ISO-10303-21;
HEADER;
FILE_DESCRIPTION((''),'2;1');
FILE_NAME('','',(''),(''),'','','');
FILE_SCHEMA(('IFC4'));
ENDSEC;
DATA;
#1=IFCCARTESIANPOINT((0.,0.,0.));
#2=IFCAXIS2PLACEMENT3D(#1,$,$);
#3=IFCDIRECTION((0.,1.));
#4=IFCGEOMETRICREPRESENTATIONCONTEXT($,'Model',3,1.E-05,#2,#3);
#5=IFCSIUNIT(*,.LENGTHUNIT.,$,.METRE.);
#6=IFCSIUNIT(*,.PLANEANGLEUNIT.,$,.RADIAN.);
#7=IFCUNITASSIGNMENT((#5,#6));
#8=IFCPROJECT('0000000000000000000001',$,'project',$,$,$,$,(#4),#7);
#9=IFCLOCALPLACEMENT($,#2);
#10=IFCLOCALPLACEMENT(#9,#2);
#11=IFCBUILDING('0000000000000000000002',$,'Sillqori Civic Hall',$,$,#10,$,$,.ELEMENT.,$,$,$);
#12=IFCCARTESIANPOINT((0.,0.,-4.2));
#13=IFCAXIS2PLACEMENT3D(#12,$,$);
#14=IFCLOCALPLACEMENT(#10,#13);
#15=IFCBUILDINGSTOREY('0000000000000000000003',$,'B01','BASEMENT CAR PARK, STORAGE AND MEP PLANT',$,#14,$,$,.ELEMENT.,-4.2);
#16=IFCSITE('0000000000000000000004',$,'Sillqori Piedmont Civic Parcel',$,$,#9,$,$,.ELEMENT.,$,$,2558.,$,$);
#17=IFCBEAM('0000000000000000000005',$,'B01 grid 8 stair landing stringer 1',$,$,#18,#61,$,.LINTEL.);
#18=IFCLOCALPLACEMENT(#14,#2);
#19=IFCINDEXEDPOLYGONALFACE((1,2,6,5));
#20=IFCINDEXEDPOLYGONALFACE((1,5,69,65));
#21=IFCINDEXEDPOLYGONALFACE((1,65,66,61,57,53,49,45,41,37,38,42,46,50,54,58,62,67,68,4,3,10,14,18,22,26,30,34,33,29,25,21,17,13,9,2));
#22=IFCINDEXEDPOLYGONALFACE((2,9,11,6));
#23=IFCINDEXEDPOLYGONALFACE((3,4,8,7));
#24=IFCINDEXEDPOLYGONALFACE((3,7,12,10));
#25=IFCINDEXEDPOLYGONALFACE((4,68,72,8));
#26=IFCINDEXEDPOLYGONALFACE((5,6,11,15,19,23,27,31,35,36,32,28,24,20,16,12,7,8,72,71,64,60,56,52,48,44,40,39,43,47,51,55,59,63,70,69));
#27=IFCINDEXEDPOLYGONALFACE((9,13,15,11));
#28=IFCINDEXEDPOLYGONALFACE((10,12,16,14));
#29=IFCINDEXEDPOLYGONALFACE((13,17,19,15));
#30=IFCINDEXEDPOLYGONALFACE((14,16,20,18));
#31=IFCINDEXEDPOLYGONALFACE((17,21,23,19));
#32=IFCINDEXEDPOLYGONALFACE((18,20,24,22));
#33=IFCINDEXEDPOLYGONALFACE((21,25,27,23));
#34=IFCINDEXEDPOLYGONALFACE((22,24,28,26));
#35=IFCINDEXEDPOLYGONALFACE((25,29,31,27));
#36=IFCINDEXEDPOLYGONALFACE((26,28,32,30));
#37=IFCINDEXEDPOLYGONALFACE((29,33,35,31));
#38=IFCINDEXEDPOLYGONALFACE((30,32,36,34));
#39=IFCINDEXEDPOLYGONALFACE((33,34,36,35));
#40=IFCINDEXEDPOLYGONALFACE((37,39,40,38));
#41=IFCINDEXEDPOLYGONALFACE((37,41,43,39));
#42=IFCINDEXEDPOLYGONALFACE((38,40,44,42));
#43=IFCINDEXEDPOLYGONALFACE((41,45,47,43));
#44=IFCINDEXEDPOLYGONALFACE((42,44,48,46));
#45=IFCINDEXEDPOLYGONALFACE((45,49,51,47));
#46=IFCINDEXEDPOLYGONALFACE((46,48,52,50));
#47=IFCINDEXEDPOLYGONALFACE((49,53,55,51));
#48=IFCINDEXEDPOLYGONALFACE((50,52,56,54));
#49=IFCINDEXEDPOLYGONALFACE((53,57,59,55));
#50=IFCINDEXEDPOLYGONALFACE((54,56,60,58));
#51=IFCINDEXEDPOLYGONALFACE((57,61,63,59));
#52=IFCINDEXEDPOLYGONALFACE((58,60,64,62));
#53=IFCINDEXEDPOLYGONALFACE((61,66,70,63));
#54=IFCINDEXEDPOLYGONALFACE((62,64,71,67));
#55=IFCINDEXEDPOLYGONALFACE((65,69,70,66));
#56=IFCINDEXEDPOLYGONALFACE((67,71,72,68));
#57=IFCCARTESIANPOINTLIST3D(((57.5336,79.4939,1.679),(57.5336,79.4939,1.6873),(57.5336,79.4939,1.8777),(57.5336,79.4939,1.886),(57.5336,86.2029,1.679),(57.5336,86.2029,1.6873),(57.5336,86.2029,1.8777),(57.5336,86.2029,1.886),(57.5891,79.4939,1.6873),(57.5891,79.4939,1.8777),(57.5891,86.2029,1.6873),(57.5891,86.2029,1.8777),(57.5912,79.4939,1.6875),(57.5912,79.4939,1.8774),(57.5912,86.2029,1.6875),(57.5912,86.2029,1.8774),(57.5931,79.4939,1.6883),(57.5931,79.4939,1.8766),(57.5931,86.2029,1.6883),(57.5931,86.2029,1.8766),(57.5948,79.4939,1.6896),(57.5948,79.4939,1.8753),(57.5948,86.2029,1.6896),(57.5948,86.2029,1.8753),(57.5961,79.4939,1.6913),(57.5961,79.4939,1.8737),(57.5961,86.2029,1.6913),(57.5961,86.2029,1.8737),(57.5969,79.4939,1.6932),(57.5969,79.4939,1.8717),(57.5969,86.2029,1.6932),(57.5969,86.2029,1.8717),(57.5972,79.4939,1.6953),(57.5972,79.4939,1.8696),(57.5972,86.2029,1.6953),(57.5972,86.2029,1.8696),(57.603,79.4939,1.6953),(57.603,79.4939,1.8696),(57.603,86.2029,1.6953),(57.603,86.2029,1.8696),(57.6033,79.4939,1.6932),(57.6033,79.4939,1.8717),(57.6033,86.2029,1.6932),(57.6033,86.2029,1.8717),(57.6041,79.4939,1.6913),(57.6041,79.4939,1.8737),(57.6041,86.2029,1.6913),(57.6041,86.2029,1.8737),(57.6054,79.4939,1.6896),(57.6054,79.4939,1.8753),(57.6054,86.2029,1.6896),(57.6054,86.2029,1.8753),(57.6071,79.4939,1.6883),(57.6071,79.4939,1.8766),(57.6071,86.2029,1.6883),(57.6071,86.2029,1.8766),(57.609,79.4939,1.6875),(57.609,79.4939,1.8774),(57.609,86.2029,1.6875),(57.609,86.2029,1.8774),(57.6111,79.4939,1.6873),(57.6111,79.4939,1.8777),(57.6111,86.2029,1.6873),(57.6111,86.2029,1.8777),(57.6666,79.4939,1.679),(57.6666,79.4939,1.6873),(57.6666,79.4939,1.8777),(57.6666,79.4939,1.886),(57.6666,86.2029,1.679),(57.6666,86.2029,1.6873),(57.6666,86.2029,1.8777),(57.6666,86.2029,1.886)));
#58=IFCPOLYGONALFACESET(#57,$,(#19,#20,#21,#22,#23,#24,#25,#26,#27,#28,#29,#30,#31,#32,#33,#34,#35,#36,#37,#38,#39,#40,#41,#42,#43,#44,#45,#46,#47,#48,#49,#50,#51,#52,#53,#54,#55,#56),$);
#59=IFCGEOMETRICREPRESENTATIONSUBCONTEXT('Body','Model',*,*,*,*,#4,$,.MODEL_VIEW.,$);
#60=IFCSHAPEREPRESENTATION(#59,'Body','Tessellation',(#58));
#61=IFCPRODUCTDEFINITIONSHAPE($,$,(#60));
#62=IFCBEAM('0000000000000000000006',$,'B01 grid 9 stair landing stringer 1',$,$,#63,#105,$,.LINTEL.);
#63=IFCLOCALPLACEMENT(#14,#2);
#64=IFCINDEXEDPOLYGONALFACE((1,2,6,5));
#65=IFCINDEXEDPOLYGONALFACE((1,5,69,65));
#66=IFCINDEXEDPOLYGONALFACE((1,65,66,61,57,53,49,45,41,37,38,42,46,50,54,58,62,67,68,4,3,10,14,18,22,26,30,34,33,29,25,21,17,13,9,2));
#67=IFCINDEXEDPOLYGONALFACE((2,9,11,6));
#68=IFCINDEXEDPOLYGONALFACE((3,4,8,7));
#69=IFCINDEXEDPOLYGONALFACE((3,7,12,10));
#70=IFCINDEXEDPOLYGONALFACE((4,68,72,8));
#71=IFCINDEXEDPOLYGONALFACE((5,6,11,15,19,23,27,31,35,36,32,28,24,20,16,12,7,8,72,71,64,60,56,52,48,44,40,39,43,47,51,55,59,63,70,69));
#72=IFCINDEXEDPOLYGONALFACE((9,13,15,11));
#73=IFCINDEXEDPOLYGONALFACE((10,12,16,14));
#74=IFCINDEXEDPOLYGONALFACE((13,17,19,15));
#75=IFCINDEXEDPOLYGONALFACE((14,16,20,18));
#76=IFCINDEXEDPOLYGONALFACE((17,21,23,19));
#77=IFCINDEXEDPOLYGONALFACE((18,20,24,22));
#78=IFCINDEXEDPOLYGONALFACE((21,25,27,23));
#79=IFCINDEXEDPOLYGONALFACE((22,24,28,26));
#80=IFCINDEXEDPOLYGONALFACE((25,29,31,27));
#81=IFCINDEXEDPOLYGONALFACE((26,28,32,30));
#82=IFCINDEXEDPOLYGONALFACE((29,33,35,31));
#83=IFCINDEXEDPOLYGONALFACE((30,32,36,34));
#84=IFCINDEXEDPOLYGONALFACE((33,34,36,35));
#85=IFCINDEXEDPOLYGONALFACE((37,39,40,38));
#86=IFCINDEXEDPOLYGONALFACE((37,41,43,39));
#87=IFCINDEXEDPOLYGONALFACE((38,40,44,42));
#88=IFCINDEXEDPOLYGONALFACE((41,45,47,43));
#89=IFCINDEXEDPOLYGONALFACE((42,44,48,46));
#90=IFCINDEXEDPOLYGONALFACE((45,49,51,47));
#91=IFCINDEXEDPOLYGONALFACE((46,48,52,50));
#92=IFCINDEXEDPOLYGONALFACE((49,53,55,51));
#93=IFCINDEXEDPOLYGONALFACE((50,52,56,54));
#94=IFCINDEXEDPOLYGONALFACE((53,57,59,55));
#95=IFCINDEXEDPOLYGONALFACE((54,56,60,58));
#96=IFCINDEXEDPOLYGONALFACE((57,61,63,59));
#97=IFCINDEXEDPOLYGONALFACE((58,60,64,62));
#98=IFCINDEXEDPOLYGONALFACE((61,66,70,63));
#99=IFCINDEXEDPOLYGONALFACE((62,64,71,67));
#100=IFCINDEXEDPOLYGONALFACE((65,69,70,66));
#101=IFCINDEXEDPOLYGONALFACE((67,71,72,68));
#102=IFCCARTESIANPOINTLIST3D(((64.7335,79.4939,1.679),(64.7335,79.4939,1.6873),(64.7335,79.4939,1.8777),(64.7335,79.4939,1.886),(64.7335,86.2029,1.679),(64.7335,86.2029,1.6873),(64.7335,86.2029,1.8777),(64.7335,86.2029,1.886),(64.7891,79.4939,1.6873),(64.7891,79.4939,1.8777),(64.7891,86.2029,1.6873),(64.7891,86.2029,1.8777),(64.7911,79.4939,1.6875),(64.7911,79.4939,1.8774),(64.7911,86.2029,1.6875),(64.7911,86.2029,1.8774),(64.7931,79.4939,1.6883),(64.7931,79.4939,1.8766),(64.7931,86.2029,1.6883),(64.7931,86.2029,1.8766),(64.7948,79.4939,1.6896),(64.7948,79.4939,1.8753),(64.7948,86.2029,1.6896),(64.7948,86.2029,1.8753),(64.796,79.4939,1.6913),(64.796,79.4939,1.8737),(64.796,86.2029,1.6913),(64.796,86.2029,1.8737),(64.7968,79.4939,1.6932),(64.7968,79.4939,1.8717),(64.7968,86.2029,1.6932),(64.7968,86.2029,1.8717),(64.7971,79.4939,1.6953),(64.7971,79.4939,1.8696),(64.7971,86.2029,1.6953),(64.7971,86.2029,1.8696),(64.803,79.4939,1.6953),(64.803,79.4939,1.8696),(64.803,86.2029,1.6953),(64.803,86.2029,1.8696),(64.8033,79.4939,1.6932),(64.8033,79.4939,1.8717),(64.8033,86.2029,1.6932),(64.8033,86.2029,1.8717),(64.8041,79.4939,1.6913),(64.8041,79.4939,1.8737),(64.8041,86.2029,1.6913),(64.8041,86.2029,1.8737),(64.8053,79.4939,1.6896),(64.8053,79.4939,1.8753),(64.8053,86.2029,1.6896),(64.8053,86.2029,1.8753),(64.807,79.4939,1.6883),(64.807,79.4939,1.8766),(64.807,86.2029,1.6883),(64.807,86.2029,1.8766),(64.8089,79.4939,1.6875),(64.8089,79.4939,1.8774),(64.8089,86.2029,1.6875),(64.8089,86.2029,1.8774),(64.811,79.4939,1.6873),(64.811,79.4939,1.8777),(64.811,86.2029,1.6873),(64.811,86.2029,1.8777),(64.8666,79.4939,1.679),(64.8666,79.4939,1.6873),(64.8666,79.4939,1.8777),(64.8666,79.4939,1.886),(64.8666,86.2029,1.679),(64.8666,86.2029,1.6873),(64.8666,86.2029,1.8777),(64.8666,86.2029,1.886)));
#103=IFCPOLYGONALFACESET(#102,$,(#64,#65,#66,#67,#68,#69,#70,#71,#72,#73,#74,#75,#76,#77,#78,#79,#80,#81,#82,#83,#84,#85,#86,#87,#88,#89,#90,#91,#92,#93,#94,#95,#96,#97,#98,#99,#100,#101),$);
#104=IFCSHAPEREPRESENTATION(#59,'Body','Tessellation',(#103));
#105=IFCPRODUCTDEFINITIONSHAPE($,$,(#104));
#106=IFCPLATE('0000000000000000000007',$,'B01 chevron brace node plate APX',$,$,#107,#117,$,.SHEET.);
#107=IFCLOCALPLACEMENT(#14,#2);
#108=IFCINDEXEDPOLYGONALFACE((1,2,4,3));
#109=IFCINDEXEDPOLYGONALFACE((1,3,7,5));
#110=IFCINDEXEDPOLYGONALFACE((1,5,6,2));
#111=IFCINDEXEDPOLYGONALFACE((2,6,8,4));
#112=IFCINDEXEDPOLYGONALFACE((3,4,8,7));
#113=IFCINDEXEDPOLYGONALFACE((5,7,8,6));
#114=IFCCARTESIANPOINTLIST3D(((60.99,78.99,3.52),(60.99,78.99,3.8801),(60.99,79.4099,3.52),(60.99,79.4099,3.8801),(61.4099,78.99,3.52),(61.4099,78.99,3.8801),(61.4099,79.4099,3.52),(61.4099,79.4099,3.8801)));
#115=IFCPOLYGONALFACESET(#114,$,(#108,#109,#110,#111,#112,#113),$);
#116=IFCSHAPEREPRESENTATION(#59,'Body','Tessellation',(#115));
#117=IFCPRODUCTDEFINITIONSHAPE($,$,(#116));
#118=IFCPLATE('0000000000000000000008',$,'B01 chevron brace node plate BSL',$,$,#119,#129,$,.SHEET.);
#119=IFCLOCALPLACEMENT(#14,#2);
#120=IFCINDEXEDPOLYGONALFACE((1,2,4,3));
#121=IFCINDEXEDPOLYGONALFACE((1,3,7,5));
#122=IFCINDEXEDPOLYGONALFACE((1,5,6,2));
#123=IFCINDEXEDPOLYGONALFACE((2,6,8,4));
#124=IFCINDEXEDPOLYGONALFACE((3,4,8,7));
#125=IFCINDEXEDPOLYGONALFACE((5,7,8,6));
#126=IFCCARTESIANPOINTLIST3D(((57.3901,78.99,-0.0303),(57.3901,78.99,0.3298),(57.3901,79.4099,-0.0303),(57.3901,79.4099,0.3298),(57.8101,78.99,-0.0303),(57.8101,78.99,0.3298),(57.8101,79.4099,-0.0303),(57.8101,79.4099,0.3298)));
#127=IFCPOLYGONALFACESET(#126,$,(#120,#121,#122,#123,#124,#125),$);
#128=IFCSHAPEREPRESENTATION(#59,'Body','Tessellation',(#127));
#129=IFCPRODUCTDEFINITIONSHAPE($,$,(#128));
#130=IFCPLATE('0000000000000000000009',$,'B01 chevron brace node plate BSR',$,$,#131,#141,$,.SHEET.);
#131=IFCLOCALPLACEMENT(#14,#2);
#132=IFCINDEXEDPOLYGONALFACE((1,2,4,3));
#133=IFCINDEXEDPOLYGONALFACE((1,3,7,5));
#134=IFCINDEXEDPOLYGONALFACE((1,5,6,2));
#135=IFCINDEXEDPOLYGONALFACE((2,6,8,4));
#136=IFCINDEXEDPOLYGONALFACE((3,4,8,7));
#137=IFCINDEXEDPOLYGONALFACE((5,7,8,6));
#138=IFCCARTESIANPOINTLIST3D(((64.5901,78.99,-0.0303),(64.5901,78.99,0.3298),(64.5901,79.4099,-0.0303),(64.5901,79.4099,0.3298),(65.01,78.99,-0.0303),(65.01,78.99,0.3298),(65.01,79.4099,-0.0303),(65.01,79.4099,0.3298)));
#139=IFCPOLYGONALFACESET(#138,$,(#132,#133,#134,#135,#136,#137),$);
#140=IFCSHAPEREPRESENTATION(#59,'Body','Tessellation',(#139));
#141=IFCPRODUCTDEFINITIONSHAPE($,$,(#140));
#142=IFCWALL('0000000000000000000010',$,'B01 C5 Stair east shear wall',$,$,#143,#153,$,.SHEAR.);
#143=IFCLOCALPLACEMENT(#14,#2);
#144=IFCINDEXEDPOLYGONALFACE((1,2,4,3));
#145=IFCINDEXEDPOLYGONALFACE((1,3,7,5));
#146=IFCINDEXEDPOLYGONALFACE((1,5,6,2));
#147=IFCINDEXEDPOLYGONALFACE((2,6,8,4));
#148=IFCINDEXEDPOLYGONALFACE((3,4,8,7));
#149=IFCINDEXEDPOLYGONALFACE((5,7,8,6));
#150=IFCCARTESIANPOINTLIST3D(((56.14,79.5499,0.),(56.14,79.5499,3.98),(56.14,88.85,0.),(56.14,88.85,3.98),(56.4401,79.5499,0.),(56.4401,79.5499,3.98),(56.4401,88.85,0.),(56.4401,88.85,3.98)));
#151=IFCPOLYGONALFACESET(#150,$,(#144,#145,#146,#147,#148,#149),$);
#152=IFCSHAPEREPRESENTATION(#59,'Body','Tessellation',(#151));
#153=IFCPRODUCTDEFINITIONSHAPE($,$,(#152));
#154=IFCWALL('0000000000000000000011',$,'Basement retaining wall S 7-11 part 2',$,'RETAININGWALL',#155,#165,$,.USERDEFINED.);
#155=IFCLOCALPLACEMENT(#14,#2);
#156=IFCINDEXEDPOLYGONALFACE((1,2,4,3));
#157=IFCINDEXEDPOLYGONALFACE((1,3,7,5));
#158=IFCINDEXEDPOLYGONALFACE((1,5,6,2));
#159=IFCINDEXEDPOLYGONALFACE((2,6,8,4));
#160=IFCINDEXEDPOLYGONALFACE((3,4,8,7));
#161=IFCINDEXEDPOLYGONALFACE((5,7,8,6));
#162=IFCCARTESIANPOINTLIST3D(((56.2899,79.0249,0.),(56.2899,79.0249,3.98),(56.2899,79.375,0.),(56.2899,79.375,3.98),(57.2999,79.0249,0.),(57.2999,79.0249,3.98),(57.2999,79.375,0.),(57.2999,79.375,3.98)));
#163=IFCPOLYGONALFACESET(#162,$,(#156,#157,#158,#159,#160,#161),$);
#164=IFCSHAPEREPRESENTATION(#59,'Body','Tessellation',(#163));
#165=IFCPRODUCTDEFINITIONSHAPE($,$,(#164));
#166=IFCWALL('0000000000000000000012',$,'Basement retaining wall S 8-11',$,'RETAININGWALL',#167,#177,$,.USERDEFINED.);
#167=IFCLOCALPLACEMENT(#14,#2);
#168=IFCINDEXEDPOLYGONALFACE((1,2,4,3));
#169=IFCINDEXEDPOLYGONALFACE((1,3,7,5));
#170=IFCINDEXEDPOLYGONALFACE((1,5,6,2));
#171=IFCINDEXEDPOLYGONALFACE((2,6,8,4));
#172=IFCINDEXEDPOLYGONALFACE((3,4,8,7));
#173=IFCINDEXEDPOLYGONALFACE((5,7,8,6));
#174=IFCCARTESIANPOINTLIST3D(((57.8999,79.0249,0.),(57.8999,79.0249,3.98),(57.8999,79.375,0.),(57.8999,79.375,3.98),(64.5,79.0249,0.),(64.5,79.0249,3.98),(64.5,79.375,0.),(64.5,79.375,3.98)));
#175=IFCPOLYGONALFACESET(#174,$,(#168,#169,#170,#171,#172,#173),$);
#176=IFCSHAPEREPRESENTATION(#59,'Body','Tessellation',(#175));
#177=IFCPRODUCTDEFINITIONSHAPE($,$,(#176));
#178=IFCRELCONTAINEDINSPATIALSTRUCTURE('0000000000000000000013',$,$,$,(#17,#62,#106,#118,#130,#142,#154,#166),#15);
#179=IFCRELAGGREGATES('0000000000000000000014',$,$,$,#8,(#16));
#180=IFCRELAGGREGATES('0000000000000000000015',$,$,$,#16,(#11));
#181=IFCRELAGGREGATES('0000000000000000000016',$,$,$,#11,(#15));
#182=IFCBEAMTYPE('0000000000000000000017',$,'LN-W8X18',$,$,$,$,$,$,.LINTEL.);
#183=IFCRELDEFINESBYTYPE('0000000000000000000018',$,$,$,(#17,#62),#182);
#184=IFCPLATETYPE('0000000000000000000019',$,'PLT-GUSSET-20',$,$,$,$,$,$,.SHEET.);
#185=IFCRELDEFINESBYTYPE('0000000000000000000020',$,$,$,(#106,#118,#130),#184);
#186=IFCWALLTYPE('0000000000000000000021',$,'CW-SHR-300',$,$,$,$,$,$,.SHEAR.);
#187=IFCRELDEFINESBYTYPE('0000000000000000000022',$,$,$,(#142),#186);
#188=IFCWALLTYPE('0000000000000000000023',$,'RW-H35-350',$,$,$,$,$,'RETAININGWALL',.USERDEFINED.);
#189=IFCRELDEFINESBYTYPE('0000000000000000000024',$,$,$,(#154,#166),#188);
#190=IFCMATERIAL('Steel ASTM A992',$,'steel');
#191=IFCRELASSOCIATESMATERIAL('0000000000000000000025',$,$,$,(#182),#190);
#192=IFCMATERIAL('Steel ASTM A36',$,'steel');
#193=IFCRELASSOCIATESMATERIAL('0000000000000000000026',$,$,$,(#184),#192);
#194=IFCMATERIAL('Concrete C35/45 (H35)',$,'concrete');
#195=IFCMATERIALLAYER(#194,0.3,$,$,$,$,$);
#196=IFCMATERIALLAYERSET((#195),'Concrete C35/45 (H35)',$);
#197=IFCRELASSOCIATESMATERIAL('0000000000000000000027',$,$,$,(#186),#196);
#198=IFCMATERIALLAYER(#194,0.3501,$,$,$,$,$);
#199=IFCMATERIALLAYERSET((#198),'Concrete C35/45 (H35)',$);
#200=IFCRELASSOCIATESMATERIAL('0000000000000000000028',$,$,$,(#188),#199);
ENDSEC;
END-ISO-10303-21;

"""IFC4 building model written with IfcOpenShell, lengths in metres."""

from ifc_helpers import new_model, si_unit, direction, frame, frame_2d, origin, origin_2d, place, context, subcontext, project, spatial, rectangle, i_section, extrude, material, layer, layer_set, material_profile, profile_set, type_object, element, save


model = new_model("IFC4")

# Units and contexts
model_context = context("Model", 3, precision=1e-05, world=origin(), true_north=direction((0.0, 1.0)))
body_context = subcontext(model_context, "Body", "Model", "MODEL_VIEW")
ifc_project = project(units=[si_unit("LENGTHUNIT", "METRE"), si_unit("PLANEANGLEUNIT", "RADIAN")], contexts=[model_context])

# Site, building, storey
site_placement = place(None, origin())
site = spatial("IfcSite", under=ifc_project, at=site_placement, Name="Sillqori Piedmont Civic Parcel", CompositionType="ELEMENT", RefElevation=2558.0)
building_placement = place(site_placement, origin())
building = spatial("IfcBuilding", under=site, at=building_placement, Name="Sillqori Civic Hall", CompositionType="ELEMENT")
storey_placement = place(building_placement, frame((0.0, 0.0, -4.2)))
storey = spatial("IfcBuildingStorey", under=building, at=storey_placement, Name="B01", Description="BASEMENT CAR PARK, STORAGE AND MEP PLANT", CompositionType="ELEMENT", Elevation=-4.2)

# Shared definitions
ifc_material_1 = material(Name="Concrete C35/45 (H35)", Category="concrete")

# Shared definitions
ifc_material_2 = material(Name="Steel ASTM A992", Category="steel")

# Beams
ifc_material_profile_1 = material_profile(ifc_material_2, i_section(OverallWidth=0.1331, OverallDepth=0.207, WebThickness=0.0059, FlangeThickness=0.0083, FilletRadius=0.0081, at=origin_2d()), Name="W8X18")
ifc_profile_set_1 = profile_set([ifc_material_profile_1], Name="Steel ASTM A992")
beam_type_1 = type_object("IfcBeamType", Name="LN-W8X18", PredefinedType="LINTEL", material=ifc_profile_set_1)
for number, where, z_axis, x_axis, name in (
    (1, (57.6001, 79.4939, 1.7825), (0.0, 1.0, 0.0), (-1.0, 0.0, 0.0), "B01 grid 8 stair landing stringer 1"),
    (2, (64.8, 79.4939, 1.7825), (0.0, 1.0, 0.0), (-1.0, 0.0, 0.0), "B01 grid 9 stair landing stringer 1"),
):
    element("IfcBeam", number, at=place(storey_placement, frame(where, z_axis=z_axis, x_axis=x_axis)), inside=storey, type_object=beam_type_1, Name=name, PredefinedType="LINTEL", context=body_context, shape_type="SweptSolid", body=[
        extrude(i_section(OverallWidth=0.1331, OverallDepth=0.207, WebThickness=0.0059, FlangeThickness=0.0083, FilletRadius=0.0081, at=origin_2d()), origin(), (0.0, 0.0, 1.0), 6.709),
    ])

# Plates
ifc_material_3 = material(Name="Steel ASTM A36", Category="steel")
plate_type = type_object("IfcPlateType", Name="PLT-GUSSET-20", PredefinedType="SHEET", material=ifc_material_3)
for number, where, z_axis, x_axis, name in (
    (3, (61.2, 79.2, 3.52), (0.0, 0.0, 1.0), (1.0, 0.0, 0.0), "B01 chevron brace node plate APX"),
    (4, (57.6001, 79.2, -0.0303), (0.0, 0.0, 1.0), (1.0, 0.0, 0.0), "B01 chevron brace node plate BSL"),
    (5, (64.8, 79.2, -0.0303), (0.0, 0.0, 1.0), (1.0, 0.0, 0.0), "B01 chevron brace node plate BSR"),
):
    element("IfcPlate", number, at=place(storey_placement, frame(where, z_axis=z_axis, x_axis=x_axis)), inside=storey, type_object=plate_type, Name=name, PredefinedType="SHEET", context=body_context, shape_type="SweptSolid", body=[
        extrude(rectangle(XDim=0.4199, YDim=0.4199, at=origin_2d()), origin(), (0.0, 0.0, 1.0), 0.3601),
    ])

# Walls
ifc_layer_1 = layer(ifc_material_1, 0.3)
ifc_layer_set_1 = layer_set([ifc_layer_1], Name="Concrete C35/45 (H35)")
wall_type_1 = type_object("IfcWallType", Name="CW-SHR-300", PredefinedType="SHEAR", material=ifc_layer_set_1)
wall_1_placement = place(storey_placement, frame((56.29, 79.55, 0.0), z_axis=(0.0, 0.0, 1.0), x_axis=(0.0, 1.0, 0.0)))
element("IfcWall", 6, at=wall_1_placement, inside=storey, type_object=wall_type_1, Name="B01 C5 Stair east shear wall", PredefinedType="SHEAR", context=body_context, shape_type="SweptSolid", body=[
    extrude(rectangle(XDim=9.3, YDim=0.3, at=frame_2d((4.6499, 0.0))), origin(), (0.0, 0.0, 1.0), 3.98),
])
ifc_layer_2 = layer(ifc_material_1, 0.3501)
ifc_layer_set_2 = layer_set([ifc_layer_2], Name="Concrete C35/45 (H35)")
wall_type_2 = type_object("IfcWallType", Name="RW-H35-350", ElementType="RETAININGWALL", PredefinedType="USERDEFINED", material=ifc_layer_set_2)
wall_2_placement = place(storey_placement, frame((56.29, 79.2, 0.0), z_axis=(0.0, 0.0, 1.0), x_axis=(1.0, 0.0, 0.0)))
element("IfcWall", 7, at=wall_2_placement, inside=storey, type_object=wall_type_2, Name="Basement retaining wall S 7-11 part 2", ObjectType="RETAININGWALL", PredefinedType="USERDEFINED", context=body_context, shape_type="SweptSolid", body=[
    extrude(rectangle(XDim=1.01, YDim=0.3501, at=frame_2d((0.5049, 0.0))), origin(), (0.0, 0.0, 1.0), 3.98),
])
wall_3_placement = place(storey_placement, frame((57.8999, 79.2, 0.0), z_axis=(0.0, 0.0, 1.0), x_axis=(1.0, 0.0, 0.0)))
element("IfcWall", 8, at=wall_3_placement, inside=storey, type_object=wall_type_2, Name="Basement retaining wall S 8-11", ObjectType="RETAININGWALL", PredefinedType="USERDEFINED", context=body_context, shape_type="SweptSolid", body=[
    extrude(rectangle(XDim=6.6001, YDim=0.3501, at=frame_2d((3.3, 0.0))), origin(), (0.0, 0.0, 1.0), 3.98),
])

save(model, "model.ifc")
